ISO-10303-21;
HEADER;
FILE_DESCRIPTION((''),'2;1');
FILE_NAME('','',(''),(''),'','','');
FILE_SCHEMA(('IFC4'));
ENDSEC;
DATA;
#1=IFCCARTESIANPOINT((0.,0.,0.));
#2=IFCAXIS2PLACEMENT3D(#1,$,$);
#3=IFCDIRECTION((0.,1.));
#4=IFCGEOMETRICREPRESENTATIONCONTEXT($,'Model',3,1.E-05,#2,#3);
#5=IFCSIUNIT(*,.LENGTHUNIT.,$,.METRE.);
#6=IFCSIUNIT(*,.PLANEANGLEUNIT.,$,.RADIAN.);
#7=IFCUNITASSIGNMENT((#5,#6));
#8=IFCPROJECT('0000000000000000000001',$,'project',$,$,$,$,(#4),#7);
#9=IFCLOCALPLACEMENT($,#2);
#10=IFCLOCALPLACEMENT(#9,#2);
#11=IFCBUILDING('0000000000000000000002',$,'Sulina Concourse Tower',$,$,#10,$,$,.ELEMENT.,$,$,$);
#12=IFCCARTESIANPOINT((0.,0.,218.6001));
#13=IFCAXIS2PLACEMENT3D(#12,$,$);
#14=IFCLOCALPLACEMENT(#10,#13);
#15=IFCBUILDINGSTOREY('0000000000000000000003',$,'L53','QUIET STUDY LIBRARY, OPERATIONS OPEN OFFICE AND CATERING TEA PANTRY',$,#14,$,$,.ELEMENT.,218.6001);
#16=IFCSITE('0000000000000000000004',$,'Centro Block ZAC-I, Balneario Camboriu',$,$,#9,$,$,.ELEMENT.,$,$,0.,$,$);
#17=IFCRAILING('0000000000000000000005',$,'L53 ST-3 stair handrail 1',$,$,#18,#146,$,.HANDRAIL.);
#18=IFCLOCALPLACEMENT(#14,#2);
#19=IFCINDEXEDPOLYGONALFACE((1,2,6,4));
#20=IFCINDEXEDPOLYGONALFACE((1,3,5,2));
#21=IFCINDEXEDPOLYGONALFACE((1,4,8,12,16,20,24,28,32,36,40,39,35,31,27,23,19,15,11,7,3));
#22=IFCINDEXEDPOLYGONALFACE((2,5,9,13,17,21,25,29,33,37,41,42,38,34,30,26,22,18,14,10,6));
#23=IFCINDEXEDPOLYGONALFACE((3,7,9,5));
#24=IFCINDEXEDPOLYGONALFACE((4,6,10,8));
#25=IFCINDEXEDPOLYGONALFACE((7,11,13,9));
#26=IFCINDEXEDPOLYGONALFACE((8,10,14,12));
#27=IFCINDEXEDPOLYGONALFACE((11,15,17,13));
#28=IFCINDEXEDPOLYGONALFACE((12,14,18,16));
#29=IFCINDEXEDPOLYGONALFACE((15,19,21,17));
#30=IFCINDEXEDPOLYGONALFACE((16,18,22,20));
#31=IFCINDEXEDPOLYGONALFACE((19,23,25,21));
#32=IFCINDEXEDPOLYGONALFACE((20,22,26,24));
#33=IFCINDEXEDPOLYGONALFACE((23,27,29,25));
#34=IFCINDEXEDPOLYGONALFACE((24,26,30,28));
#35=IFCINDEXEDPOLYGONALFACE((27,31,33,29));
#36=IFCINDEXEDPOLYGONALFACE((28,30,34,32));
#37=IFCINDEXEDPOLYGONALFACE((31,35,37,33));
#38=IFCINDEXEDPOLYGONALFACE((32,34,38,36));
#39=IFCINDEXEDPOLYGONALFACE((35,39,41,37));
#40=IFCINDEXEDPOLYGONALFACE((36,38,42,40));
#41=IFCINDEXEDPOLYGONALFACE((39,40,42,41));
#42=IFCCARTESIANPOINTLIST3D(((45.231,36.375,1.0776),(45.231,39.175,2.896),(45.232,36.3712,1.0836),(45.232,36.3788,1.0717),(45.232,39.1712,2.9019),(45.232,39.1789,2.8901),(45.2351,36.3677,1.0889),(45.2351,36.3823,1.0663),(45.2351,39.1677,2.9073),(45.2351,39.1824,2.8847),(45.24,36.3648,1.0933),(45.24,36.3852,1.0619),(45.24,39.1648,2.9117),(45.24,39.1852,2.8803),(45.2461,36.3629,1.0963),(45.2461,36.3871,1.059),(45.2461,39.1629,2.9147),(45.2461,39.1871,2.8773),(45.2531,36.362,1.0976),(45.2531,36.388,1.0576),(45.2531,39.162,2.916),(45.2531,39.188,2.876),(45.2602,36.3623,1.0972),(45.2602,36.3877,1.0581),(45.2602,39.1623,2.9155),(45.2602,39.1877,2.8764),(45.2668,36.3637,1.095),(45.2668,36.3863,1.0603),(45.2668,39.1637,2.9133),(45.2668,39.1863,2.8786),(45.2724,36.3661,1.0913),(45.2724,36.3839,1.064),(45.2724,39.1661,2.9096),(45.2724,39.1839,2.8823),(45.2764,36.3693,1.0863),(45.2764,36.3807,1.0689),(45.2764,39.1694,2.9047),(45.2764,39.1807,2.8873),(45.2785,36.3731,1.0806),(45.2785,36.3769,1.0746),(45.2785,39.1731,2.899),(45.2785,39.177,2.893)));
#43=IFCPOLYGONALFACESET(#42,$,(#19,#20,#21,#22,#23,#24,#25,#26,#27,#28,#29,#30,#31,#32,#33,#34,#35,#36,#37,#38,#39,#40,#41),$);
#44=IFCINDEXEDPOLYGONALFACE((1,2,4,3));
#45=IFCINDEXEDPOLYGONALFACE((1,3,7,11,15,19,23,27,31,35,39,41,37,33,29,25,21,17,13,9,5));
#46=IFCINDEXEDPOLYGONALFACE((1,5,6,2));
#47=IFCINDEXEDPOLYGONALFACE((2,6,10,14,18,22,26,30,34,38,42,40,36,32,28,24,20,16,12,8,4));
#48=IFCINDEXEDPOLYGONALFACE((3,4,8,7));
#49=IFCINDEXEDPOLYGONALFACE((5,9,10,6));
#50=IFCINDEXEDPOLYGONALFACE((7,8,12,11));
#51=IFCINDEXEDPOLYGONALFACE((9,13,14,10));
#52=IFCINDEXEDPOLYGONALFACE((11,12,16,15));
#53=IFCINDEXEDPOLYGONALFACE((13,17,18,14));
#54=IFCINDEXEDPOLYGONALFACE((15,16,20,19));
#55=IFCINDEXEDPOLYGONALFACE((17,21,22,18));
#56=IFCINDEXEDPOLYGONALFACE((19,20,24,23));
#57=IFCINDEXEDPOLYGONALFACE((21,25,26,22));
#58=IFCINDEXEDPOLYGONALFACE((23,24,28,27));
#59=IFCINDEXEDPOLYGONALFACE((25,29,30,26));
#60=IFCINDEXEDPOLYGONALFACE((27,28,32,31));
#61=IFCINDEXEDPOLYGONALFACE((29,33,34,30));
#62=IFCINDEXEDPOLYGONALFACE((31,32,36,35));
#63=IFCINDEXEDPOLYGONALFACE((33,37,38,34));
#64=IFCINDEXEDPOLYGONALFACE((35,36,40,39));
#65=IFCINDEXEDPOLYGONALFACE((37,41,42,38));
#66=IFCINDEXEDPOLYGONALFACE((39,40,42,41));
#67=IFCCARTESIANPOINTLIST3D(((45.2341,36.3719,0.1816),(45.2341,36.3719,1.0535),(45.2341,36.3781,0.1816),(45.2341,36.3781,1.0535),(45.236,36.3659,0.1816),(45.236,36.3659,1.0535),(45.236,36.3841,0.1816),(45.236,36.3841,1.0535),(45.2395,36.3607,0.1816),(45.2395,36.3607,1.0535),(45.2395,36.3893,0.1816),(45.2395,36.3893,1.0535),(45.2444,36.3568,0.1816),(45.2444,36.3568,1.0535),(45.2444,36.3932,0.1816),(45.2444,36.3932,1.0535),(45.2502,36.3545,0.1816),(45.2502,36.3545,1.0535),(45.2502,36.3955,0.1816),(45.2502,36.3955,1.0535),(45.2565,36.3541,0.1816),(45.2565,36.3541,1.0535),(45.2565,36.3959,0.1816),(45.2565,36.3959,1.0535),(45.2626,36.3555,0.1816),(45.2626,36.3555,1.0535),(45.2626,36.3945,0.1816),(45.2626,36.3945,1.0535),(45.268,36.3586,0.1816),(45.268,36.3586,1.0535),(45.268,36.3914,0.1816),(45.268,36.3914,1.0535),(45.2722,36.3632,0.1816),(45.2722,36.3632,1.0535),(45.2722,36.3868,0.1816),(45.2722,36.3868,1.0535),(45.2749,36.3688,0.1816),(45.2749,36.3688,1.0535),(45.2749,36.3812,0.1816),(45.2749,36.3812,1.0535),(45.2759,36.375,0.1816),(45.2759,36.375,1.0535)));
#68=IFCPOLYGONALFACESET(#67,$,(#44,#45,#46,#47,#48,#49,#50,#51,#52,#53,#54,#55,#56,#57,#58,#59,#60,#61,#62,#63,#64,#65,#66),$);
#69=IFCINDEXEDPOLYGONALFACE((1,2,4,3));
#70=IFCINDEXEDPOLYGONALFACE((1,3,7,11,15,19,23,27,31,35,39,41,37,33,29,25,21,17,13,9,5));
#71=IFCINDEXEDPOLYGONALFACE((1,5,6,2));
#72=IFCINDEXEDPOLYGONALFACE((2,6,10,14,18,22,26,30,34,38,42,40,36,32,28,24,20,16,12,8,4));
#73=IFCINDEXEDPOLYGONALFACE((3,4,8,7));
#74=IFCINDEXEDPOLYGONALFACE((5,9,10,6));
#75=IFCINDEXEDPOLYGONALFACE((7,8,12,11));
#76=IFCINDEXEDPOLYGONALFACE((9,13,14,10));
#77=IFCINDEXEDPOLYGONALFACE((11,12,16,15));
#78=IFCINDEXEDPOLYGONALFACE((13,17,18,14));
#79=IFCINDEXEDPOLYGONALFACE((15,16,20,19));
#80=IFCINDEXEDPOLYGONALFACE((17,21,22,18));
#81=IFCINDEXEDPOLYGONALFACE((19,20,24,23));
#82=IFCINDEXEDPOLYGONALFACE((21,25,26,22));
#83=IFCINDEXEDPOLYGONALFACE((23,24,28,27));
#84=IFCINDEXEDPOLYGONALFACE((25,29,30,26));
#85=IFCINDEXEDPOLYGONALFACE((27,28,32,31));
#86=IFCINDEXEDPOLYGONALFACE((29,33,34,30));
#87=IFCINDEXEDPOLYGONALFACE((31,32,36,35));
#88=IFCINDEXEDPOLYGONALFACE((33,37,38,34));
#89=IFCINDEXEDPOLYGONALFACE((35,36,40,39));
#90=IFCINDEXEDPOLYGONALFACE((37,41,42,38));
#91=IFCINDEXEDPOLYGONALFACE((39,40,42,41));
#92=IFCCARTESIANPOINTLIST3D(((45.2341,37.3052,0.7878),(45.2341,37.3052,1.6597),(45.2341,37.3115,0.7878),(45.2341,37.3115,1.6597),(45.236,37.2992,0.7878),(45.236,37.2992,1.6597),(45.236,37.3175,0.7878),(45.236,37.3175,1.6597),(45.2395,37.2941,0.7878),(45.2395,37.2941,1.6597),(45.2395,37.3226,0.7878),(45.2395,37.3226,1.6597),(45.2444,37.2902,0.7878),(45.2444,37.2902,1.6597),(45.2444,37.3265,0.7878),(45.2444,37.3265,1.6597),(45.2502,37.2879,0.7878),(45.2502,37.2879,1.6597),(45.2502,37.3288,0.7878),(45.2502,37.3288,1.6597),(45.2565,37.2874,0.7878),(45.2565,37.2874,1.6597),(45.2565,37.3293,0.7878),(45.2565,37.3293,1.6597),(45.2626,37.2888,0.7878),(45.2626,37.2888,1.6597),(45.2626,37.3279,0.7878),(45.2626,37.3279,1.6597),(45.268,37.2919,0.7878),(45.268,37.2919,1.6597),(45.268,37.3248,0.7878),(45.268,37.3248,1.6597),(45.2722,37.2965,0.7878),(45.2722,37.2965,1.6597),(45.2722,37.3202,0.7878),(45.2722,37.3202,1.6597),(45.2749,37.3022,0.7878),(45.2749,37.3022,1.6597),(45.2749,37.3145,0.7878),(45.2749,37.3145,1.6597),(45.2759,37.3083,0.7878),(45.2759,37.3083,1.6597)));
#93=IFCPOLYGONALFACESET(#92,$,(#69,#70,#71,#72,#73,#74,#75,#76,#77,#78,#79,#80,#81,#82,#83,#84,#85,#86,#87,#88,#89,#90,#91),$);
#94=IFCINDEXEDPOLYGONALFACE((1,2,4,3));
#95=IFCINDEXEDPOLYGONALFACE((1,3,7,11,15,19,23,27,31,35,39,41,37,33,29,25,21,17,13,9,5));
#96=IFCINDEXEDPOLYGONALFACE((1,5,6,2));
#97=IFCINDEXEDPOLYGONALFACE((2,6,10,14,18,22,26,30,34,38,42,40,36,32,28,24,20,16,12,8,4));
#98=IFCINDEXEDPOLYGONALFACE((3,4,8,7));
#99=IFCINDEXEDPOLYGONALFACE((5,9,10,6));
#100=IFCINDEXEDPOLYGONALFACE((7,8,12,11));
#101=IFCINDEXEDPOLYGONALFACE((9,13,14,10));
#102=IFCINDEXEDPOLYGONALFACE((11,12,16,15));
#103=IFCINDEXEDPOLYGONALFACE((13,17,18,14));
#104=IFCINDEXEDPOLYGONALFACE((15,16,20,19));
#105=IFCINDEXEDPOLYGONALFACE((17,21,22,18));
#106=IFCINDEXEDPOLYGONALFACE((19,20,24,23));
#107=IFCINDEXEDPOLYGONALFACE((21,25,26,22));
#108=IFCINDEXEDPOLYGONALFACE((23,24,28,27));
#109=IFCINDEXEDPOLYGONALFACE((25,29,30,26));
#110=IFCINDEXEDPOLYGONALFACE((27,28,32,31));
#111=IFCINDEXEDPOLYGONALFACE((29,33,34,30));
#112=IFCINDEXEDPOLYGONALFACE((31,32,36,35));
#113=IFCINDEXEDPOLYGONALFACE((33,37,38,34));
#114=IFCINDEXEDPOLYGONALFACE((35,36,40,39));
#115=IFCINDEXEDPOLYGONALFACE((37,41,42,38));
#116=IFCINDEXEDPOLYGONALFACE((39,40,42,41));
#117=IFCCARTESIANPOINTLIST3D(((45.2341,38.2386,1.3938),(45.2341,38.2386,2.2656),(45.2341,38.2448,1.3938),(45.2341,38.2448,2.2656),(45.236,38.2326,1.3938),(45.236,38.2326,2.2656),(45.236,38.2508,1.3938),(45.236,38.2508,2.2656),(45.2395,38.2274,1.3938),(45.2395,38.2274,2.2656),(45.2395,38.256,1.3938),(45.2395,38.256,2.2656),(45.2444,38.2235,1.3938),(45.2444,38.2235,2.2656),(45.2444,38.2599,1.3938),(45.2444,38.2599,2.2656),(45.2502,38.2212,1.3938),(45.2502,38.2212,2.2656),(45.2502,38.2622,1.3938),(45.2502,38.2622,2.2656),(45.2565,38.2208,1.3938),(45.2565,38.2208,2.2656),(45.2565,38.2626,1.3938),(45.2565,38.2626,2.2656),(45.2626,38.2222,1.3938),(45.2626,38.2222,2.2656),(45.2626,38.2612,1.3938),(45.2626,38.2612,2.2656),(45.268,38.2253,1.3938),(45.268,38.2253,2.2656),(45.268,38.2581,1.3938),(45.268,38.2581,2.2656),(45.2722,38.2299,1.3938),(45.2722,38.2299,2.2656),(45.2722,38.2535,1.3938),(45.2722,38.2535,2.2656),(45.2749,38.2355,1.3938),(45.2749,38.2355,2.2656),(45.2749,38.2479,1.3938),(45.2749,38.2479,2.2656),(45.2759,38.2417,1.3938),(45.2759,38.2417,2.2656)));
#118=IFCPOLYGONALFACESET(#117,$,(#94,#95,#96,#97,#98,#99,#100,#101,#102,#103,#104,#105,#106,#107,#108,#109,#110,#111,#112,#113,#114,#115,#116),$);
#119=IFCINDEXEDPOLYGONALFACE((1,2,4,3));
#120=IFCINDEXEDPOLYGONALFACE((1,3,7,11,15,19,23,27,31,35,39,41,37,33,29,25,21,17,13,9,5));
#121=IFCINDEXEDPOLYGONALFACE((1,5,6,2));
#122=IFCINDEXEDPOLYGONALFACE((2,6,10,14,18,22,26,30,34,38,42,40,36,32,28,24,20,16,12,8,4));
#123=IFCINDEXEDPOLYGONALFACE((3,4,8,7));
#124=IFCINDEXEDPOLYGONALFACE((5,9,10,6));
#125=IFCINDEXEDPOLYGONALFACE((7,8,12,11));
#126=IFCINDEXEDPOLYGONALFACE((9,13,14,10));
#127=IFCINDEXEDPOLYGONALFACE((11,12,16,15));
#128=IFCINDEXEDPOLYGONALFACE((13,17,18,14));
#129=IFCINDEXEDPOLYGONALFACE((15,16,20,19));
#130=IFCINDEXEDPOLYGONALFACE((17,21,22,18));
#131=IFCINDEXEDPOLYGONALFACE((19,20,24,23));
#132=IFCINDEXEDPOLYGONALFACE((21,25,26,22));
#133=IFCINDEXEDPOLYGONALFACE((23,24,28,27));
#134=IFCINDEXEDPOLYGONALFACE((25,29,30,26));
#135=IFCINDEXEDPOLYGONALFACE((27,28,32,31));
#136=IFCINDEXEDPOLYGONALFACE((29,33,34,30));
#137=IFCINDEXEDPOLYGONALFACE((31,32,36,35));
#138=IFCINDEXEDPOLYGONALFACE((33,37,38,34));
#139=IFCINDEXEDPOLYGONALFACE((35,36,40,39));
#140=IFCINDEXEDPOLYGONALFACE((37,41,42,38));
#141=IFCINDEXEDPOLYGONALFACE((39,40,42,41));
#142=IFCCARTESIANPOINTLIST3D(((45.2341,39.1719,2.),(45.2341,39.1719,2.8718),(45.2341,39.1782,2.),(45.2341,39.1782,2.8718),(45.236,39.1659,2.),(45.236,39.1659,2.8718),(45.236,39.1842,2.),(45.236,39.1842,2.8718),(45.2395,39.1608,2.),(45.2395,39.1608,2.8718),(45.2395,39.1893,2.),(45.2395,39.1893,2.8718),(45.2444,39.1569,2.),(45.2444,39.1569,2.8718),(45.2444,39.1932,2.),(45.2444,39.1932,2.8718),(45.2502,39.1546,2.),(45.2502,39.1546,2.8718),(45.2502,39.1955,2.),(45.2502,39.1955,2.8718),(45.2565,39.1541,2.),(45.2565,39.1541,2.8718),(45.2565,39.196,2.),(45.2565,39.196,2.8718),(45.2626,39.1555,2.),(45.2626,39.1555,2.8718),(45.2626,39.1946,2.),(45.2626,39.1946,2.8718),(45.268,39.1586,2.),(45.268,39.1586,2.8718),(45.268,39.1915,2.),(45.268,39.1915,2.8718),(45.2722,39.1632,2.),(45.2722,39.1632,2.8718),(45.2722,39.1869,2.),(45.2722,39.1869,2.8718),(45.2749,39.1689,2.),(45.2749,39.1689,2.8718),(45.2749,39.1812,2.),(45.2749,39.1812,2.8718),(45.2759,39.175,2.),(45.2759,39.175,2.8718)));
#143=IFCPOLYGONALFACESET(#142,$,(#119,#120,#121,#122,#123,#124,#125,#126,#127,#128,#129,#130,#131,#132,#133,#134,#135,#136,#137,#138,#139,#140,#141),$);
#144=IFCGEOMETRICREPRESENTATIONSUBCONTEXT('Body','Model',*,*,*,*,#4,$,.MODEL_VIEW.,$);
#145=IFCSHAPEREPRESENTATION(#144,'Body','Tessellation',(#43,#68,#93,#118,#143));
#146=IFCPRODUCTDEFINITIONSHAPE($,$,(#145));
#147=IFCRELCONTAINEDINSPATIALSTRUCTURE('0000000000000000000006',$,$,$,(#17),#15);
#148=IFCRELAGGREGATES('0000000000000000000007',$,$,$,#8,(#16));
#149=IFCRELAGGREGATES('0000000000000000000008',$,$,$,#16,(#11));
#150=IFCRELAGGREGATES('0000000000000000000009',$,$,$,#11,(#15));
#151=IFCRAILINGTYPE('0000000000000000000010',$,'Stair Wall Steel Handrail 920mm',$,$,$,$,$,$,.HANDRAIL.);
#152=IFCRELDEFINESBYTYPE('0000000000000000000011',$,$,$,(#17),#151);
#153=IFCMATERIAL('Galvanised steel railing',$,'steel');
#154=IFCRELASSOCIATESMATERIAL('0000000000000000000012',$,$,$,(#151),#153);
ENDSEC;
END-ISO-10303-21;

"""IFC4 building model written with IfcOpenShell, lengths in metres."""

from ifc_helpers import new_model, si_unit, direction, frame, origin, origin_2d, place, context, subcontext, project, spatial, circle, extrude, material, type_object, element, save


model = new_model("IFC4")

# Units and contexts
model_context = context("Model", 3, precision=1e-05, world=origin(), true_north=direction((0.0, 1.0)))
body_context = subcontext(model_context, "Body", "Model", "MODEL_VIEW")
ifc_project = project(units=[si_unit("LENGTHUNIT", "METRE"), si_unit("PLANEANGLEUNIT", "RADIAN")], contexts=[model_context])

# Site, building, storey
site_placement = place(None, origin())
site = spatial("IfcSite", under=ifc_project, at=site_placement, Name="Centro Block ZAC-I, Balneario Camboriu", CompositionType="ELEMENT", RefElevation=0.0)
building_placement = place(site_placement, origin())
building = spatial("IfcBuilding", under=site, at=building_placement, Name="Sulina Concourse Tower", CompositionType="ELEMENT")
storey_placement = place(building_placement, frame((0.0, 0.0, 218.6001)))
storey = spatial("IfcBuildingStorey", under=building, at=storey_placement, Name="L53", Description="QUIET STUDY LIBRARY, OPERATIONS OPEN OFFICE AND CATERING TEA PANTRY", CompositionType="ELEMENT", Elevation=218.6001)

# Railing
ifc_material_1 = material(Name="Galvanised steel railing", Category="steel")
railing_type_1 = type_object("IfcRailingType", Name="Stair Wall Steel Handrail 920mm", PredefinedType="HANDRAIL", material=ifc_material_1)
railing_1_placement = place(storey_placement, frame((45.2549, 36.375, 0.1816)))
element("IfcRailing", 1, at=railing_1_placement, inside=storey, type_object=railing_type_1, Name="L53 ST-3 stair handrail 1", PredefinedType="HANDRAIL", context=body_context, shape_type="SweptSolid", body=[
    extrude(circle(Radius=0.0239, at=origin_2d()), frame((0.0, 0.0, 0.896), z_axis=(0.0, 0.838672, 0.544636), x_axis=(-1.0, 0.0, 0.0)), (0.0, 0.0, 1.0), 3.3386),
    extrude(circle(Radius=0.021, at=origin_2d()), origin(), (0.0, 0.0, 1.0), 0.8718),
    extrude(circle(Radius=0.021, at=origin_2d()), frame((0.0, 0.9333, 0.6062)), (0.0, 0.0, 1.0), 0.8718),
    extrude(circle(Radius=0.021, at=origin_2d()), frame((0.0, 1.8667, 1.2122)), (0.0, 0.0, 1.0), 0.8718),
    extrude(circle(Radius=0.021, at=origin_2d()), frame((0.0, 2.8, 1.8184)), (0.0, 0.0, 1.0), 0.8718),
])

save(model, "model.ifc")
